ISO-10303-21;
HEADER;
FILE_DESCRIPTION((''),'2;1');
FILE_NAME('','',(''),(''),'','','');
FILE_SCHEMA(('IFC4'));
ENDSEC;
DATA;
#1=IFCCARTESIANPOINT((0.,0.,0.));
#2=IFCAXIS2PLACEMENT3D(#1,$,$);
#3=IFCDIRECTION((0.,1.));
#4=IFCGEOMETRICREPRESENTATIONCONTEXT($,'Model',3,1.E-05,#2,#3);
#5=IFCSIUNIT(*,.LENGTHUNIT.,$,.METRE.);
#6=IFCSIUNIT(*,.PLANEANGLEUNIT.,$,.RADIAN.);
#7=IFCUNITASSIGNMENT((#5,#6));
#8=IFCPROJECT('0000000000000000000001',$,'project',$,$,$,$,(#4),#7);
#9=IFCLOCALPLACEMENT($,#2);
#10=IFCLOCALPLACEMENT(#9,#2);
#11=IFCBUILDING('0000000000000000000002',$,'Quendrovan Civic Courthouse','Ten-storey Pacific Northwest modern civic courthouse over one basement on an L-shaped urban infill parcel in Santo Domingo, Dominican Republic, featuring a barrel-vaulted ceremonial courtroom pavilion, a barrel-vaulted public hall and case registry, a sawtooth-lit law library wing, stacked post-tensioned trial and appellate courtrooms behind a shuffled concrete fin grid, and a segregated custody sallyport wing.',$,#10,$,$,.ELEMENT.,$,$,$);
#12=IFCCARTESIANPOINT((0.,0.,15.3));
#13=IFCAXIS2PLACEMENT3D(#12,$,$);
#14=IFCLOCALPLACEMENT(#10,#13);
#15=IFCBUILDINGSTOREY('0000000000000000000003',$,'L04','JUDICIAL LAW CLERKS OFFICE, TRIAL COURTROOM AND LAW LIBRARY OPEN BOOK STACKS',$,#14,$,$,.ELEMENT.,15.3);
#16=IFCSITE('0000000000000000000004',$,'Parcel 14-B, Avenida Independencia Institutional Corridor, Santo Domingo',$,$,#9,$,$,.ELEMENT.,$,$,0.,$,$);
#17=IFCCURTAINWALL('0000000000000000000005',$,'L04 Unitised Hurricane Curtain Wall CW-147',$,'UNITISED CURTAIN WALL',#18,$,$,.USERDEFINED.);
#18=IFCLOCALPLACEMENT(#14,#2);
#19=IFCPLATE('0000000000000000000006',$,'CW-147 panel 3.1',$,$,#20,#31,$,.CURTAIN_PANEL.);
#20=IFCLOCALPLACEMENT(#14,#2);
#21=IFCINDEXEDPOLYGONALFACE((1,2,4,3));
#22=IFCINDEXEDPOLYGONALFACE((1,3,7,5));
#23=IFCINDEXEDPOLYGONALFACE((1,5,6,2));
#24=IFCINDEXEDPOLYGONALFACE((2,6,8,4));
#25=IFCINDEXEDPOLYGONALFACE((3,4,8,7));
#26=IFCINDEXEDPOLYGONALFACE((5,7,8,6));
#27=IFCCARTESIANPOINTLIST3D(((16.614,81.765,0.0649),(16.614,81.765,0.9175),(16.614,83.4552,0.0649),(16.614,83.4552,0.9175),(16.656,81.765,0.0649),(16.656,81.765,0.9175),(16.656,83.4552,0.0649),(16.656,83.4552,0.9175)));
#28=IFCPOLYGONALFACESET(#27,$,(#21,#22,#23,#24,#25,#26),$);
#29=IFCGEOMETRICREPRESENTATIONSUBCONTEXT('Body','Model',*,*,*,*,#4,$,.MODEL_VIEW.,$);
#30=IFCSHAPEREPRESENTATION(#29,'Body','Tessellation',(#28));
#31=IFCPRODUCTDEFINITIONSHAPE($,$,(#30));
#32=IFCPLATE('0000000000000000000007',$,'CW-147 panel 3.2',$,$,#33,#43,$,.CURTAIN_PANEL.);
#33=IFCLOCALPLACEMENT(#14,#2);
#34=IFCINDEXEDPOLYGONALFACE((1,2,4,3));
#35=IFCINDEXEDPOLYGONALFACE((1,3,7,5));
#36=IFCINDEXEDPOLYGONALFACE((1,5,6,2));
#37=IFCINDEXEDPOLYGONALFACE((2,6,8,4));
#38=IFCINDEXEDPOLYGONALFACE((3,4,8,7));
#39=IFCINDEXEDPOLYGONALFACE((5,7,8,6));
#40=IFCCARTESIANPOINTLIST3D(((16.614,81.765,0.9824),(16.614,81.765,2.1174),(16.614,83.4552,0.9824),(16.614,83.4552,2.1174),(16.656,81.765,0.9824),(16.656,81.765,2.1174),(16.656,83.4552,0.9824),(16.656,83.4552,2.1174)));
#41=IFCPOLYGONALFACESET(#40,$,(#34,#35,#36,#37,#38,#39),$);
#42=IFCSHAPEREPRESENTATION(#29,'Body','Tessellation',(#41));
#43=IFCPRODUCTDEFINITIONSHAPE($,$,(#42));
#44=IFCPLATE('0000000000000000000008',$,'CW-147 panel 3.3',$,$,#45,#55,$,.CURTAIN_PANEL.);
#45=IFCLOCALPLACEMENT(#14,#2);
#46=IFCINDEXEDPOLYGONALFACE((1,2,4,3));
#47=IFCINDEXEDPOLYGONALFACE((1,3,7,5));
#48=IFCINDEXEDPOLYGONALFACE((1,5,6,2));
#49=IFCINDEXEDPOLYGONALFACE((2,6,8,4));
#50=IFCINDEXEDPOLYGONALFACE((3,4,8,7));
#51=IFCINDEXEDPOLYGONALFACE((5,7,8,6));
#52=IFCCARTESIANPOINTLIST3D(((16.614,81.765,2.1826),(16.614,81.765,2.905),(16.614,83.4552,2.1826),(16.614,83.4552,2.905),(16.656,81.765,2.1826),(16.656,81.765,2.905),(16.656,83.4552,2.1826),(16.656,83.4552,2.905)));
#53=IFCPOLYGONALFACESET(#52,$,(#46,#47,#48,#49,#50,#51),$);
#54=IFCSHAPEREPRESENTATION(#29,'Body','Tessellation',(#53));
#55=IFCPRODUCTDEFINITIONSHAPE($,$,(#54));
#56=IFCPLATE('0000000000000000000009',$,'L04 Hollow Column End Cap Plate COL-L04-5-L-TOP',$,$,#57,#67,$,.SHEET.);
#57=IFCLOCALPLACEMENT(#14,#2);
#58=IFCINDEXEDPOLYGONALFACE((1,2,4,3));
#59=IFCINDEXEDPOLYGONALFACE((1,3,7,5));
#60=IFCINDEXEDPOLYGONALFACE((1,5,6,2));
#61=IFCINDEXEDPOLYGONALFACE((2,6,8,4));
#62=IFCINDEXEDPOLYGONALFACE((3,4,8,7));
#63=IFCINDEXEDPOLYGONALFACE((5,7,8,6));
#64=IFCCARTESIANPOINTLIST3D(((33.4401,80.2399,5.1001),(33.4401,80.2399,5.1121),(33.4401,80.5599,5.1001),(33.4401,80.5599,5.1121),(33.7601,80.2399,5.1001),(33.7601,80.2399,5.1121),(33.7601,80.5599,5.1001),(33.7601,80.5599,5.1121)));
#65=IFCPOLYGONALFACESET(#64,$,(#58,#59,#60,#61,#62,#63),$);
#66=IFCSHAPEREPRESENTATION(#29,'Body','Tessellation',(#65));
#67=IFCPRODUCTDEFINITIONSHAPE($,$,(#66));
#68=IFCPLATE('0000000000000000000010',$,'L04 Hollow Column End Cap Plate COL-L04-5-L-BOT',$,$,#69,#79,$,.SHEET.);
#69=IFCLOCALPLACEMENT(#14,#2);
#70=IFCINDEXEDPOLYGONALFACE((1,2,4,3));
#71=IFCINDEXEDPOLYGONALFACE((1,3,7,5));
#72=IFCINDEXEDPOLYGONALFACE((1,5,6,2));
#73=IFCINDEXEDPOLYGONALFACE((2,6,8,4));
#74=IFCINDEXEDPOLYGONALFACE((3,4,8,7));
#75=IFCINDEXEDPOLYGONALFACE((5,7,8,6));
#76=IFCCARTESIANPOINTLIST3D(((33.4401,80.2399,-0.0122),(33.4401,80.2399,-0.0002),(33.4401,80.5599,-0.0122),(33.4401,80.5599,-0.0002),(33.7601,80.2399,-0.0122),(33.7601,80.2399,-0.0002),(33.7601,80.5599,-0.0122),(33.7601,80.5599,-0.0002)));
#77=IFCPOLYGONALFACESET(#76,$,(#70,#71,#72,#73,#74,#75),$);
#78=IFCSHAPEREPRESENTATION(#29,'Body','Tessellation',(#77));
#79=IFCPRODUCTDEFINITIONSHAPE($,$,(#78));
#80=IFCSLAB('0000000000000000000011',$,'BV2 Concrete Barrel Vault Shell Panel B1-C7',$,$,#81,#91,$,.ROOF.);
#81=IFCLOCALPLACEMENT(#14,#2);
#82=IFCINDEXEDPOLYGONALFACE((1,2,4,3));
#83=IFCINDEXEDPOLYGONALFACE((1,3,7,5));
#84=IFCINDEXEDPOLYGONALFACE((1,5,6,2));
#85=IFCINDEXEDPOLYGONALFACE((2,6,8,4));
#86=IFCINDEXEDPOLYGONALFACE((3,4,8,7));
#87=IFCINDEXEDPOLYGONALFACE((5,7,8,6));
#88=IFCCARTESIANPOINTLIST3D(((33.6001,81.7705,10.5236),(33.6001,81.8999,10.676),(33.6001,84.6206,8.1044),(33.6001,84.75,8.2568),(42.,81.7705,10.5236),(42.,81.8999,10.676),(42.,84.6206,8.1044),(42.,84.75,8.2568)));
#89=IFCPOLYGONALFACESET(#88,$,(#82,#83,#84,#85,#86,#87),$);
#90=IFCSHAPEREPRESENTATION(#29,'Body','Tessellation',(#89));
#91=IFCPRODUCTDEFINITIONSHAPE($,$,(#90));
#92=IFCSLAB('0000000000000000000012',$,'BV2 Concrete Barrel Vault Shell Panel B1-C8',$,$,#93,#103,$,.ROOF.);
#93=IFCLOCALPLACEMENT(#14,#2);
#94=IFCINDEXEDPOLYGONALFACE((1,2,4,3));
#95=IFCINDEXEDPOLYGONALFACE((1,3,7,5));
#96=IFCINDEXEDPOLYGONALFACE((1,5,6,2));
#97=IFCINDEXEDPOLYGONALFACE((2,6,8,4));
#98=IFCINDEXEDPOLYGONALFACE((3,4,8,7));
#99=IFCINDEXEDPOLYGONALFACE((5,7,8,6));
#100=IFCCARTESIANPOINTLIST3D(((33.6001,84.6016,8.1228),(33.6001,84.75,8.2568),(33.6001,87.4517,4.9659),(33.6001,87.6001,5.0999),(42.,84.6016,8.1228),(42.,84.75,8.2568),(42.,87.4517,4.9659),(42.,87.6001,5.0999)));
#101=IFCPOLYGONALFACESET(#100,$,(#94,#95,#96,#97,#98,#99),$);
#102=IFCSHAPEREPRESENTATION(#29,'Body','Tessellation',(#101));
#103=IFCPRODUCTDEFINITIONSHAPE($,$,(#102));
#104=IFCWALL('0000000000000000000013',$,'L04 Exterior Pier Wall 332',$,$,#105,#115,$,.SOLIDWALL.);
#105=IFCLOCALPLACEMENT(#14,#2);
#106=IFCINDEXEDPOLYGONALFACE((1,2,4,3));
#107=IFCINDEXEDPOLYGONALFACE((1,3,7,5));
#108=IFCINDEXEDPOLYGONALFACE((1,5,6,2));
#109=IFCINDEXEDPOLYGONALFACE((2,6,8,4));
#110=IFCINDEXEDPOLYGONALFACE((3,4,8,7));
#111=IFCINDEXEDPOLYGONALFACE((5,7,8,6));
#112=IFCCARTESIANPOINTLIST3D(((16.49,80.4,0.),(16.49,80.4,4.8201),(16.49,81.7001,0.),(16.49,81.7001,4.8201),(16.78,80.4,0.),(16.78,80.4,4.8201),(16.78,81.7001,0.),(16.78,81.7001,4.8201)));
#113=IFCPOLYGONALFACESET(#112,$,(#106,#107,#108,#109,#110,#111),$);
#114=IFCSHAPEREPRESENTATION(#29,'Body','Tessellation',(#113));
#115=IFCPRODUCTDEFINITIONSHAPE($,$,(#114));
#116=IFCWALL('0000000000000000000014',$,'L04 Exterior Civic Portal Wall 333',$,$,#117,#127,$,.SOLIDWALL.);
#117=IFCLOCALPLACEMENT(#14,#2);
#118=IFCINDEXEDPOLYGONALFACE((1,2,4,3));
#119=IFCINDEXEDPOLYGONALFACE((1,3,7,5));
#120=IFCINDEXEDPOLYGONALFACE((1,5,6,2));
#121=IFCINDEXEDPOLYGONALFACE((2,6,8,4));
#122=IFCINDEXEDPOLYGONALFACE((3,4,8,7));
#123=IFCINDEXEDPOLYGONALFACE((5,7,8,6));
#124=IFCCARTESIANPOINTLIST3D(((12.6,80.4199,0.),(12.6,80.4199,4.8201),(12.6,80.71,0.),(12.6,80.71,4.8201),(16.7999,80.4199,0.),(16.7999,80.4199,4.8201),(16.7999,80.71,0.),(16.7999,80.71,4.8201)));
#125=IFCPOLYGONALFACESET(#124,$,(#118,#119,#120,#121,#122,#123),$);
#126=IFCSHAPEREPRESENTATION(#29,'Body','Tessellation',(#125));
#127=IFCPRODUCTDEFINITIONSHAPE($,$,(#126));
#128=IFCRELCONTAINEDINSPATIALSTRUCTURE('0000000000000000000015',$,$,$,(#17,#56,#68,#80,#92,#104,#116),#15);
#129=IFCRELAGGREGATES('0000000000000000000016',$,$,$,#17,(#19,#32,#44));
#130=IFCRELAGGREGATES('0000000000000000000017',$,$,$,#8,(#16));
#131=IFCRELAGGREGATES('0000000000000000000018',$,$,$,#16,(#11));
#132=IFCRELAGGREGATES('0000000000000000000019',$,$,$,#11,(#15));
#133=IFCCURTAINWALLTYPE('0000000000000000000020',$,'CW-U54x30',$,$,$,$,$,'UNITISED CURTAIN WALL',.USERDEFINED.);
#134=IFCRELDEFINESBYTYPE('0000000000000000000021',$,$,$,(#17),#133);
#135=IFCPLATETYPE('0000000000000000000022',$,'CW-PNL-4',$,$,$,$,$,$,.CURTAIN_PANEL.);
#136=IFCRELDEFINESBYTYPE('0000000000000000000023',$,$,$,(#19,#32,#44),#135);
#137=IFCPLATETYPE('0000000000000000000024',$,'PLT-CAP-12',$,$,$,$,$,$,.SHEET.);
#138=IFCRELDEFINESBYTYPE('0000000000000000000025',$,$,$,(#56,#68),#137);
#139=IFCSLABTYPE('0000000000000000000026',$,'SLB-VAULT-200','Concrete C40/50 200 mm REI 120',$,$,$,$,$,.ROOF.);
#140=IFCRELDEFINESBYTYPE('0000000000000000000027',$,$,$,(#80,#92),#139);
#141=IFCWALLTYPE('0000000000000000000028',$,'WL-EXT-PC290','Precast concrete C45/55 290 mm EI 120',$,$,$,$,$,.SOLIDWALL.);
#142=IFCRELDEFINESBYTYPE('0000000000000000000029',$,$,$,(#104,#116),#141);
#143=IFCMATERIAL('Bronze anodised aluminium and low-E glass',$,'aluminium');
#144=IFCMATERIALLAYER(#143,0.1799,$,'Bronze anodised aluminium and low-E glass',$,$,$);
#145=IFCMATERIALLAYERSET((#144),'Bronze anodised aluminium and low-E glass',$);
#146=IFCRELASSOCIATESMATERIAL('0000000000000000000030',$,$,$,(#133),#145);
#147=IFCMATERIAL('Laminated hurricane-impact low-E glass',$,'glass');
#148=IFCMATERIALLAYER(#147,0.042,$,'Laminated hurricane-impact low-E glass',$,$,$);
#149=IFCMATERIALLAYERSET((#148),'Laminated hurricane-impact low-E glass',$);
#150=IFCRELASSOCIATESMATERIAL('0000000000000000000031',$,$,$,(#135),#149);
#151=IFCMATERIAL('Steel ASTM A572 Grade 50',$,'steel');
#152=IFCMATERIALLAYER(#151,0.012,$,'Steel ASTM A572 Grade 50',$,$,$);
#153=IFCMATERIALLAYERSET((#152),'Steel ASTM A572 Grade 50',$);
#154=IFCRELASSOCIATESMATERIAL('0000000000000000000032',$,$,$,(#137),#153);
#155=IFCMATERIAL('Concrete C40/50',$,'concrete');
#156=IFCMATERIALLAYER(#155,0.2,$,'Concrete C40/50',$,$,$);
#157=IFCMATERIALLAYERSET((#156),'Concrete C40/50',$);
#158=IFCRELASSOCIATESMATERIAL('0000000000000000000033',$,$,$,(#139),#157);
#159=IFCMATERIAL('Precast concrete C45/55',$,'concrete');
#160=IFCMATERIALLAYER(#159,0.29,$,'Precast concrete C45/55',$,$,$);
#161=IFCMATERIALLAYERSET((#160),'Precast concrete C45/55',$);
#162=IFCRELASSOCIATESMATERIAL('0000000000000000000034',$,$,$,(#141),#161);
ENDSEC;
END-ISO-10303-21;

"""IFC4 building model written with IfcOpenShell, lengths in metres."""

from ifc_helpers import new_model, si_unit, direction, frame, frame_2d, origin, origin_2d, place, context, subcontext, project, spatial, polyline, rectangle, outline, extrude, material, layer, layer_set, type_object, element, aggregate, save


model = new_model("IFC4")

# Units and contexts
model_context = context("Model", 3, precision=1e-05, world=origin(), true_north=direction((0.0, 1.0)))
body_context = subcontext(model_context, "Body", "Model", "MODEL_VIEW")
ifc_project = project(units=[si_unit("LENGTHUNIT", "METRE"), si_unit("PLANEANGLEUNIT", "RADIAN")], contexts=[model_context])

# Site, building, storey
site_placement = place(None, origin())
site = spatial("IfcSite", under=ifc_project, at=site_placement, Name="Parcel 14-B, Avenida Independencia Institutional Corridor, Santo Domingo", CompositionType="ELEMENT", RefElevation=0.0)
building_placement = place(site_placement, origin())
building = spatial("IfcBuilding", under=site, at=building_placement, Name="Quendrovan Civic Courthouse", Description="Ten-storey Pacific Northwest modern civic courthouse over one basement on an L-shaped urban infill parcel in Santo Domingo, Dominican Republic, featuring a barrel-vaulted ceremonial courtroom pavilion, a barrel-vaulted public hall and case registry, a sawtooth-lit law library wing, stacked post-tensioned trial and appellate courtrooms behind a shuffled concrete fin grid, and a segregated custody sallyport wing.", CompositionType="ELEMENT")
storey_placement = place(building_placement, frame((0.0, 0.0, 15.3)))
storey = spatial("IfcBuildingStorey", under=building, at=storey_placement, Name="L04", Description="JUDICIAL LAW CLERKS OFFICE, TRIAL COURTROOM AND LAW LIBRARY OPEN BOOK STACKS", CompositionType="ELEMENT", Elevation=15.3)

# Shared definitions
ifc_material_1 = material(Name="Concrete C40/50", Category="concrete")

# Curtain wall
ifc_material_2 = material(Name="Bronze anodised aluminium and low-E glass", Category="aluminium")
ifc_layer_1 = layer(ifc_material_2, 0.1799, Name="Bronze anodised aluminium and low-E glass")
ifc_layer_set_1 = layer_set([ifc_layer_1], Name="Bronze anodised aluminium and low-E glass")
curtain_wall_type = type_object("IfcCurtainWallType", Name="CW-U54x30", ElementType="UNITISED CURTAIN WALL", PredefinedType="USERDEFINED", material=ifc_layer_set_1)
curtain_wall_placement = place(storey_placement, origin())
curtain_wall = element("IfcCurtainWall", 1, at=curtain_wall_placement, inside=storey, type_object=curtain_wall_type, Name="L04 Unitised Hurricane Curtain Wall CW-147", ObjectType="UNITISED CURTAIN WALL", PredefinedType="USERDEFINED")

# Plates
ifc_material_3 = material(Name="Laminated hurricane-impact low-E glass", Category="glass")
ifc_layer_2 = layer(ifc_material_3, 0.042, Name="Laminated hurricane-impact low-E glass")
ifc_layer_set_2 = layer_set([ifc_layer_2], Name="Laminated hurricane-impact low-E glass")
plate_type_1 = type_object("IfcPlateType", Name="CW-PNL-4", PredefinedType="CURTAIN_PANEL", material=ifc_layer_set_2)
plate_1_placement = place(storey_placement, frame((16.635, 82.6101, 0.0649), z_axis=(0.0, 0.0, 1.0), x_axis=(0.0, -1.0, 0.0)))
plate_1 = element("IfcPlate", 2, at=plate_1_placement, type_object=plate_type_1, Name="CW-147 panel 3.1", PredefinedType="CURTAIN_PANEL", context=body_context, shape_type="SweptSolid", body=[
    extrude(rectangle(XDim=1.6902, YDim=0.042, at=origin_2d()), origin(), (0.0, 0.0, 1.0), 0.8525),
])
plate_2_placement = place(storey_placement, frame((16.635, 82.6101, 0.9824), z_axis=(0.0, 0.0, 1.0), x_axis=(0.0, -1.0, 0.0)))
plate_2 = element("IfcPlate", 3, at=plate_2_placement, type_object=plate_type_1, Name="CW-147 panel 3.2", PredefinedType="CURTAIN_PANEL", context=body_context, shape_type="SweptSolid", body=[
    extrude(rectangle(XDim=1.6902, YDim=0.042, at=origin_2d()), origin(), (0.0, 0.0, 1.0), 1.135),
])
plate_3_placement = place(storey_placement, frame((16.635, 82.6101, 2.1826), z_axis=(0.0, 0.0, 1.0), x_axis=(0.0, -1.0, 0.0)))
plate_3 = element("IfcPlate", 4, at=plate_3_placement, type_object=plate_type_1, Name="CW-147 panel 3.3", PredefinedType="CURTAIN_PANEL", context=body_context, shape_type="SweptSolid", body=[
    extrude(rectangle(XDim=1.6902, YDim=0.042, at=origin_2d()), origin(), (0.0, 0.0, 1.0), 0.7224),
])
aggregate(curtain_wall, [plate_1, plate_2, plate_3])

# Plates
ifc_material_4 = material(Name="Steel ASTM A572 Grade 50", Category="steel")
ifc_layer_3 = layer(ifc_material_4, 0.012, Name="Steel ASTM A572 Grade 50")
ifc_layer_set_3 = layer_set([ifc_layer_3], Name="Steel ASTM A572 Grade 50")
plate_type_2 = type_object("IfcPlateType", Name="PLT-CAP-12", PredefinedType="SHEET", material=ifc_layer_set_3)
for number, where, z_axis, x_axis, name in (
    (5, (33.6001, 80.3999, 5.1001), (0.0, 0.0, 1.0), (1.0, 0.0, 0.0), "L04 Hollow Column End Cap Plate COL-L04-5-L-TOP"),
    (6, (33.6001, 80.3999, -0.0122), (0.0, 0.0, 1.0), (1.0, 0.0, 0.0), "L04 Hollow Column End Cap Plate COL-L04-5-L-BOT"),
):
    element("IfcPlate", number, at=place(storey_placement, frame(where, z_axis=z_axis, x_axis=x_axis)), inside=storey, type_object=plate_type_2, Name=name, PredefinedType="SHEET", context=body_context, shape_type="SweptSolid", body=[
        extrude(rectangle(XDim=0.3201, YDim=0.3201, at=origin_2d()), origin(), (0.0, 0.0, 1.0), 0.012),
    ])

# Slabs
ifc_layer_4 = layer(ifc_material_1, 0.2, Name="Concrete C40/50")
ifc_layer_set_4 = layer_set([ifc_layer_4], Name="Concrete C40/50")
slab_type = type_object("IfcSlabType", Name="SLB-VAULT-200", Description="Concrete C40/50 200 mm REI 120", PredefinedType="ROOF", material=ifc_layer_set_4)
slab_1_placement = place(storey_placement, frame((33.6001, 81.8999, 10.676), z_axis=(0.0, 0.647121, 0.762387), x_axis=(1.0, 0.0, 0.0)))
element("IfcSlab", 7, at=slab_1_placement, inside=storey, type_object=slab_type, Name="BV2 Concrete Barrel Vault Shell Panel B1-C7", PredefinedType="ROOF", context=body_context, shape_type="SweptSolid", body=[
    extrude(outline(polyline([(0.0, 0.0), (8.3999, 0.0), (8.3999, 3.7384), (0.0, 3.7384), (0.0, 0.0)])), origin(), (0.0, 0.0, -1.0), 0.2),
])
slab_2_placement = place(storey_placement, frame((33.6001, 84.75, 8.2568), z_axis=(0.0, 0.742263, 0.670109), x_axis=(1.0, 0.0, 0.0)))
element("IfcSlab", 8, at=slab_2_placement, inside=storey, type_object=slab_type, Name="BV2 Concrete Barrel Vault Shell Panel B1-C8", PredefinedType="ROOF", context=body_context, shape_type="SweptSolid", body=[
    extrude(outline(polyline([(0.0, 0.0), (8.3999, 0.0), (8.3999, 4.2532), (0.0, 4.2532), (0.0, 0.0)])), origin(), (0.0, 0.0, -1.0), 0.2),
])

# Walls
ifc_material_5 = material(Name="Precast concrete C45/55", Category="concrete")
ifc_layer_5 = layer(ifc_material_5, 0.29, Name="Precast concrete C45/55")
ifc_layer_set_5 = layer_set([ifc_layer_5], Name="Precast concrete C45/55")
wall_type = type_object("IfcWallType", Name="WL-EXT-PC290", Description="Precast concrete C45/55 290 mm EI 120", PredefinedType="SOLIDWALL", material=ifc_layer_set_5)
wall_1_placement = place(storey_placement, frame((16.635, 81.7, 0.0), z_axis=(0.0, 0.0, 1.0), x_axis=(0.0, -1.0, 0.0)))
element("IfcWall", 9, at=wall_1_placement, inside=storey, type_object=wall_type, Name="L04 Exterior Pier Wall 332", PredefinedType="SOLIDWALL", context=body_context, shape_type="SweptSolid", body=[
    extrude(rectangle(XDim=1.3, YDim=0.29, at=frame_2d((0.6499, 0.0))), origin(), (0.0, 0.0, 1.0), 4.8201),
])
wall_2_placement = place(storey_placement, frame((16.8, 80.5649, 0.0), z_axis=(0.0, 0.0, 1.0), x_axis=(-1.0, 0.0, 0.0)))
element("IfcWall", 10, at=wall_2_placement, inside=storey, type_object=wall_type, Name="L04 Exterior Civic Portal Wall 333", PredefinedType="SOLIDWALL", context=body_context, shape_type="SweptSolid", body=[
    extrude(rectangle(XDim=4.2, YDim=0.29, at=frame_2d((2.1001, 0.0))), origin(), (0.0, 0.0, 1.0), 4.8201),
])

save(model, "model.ifc")
